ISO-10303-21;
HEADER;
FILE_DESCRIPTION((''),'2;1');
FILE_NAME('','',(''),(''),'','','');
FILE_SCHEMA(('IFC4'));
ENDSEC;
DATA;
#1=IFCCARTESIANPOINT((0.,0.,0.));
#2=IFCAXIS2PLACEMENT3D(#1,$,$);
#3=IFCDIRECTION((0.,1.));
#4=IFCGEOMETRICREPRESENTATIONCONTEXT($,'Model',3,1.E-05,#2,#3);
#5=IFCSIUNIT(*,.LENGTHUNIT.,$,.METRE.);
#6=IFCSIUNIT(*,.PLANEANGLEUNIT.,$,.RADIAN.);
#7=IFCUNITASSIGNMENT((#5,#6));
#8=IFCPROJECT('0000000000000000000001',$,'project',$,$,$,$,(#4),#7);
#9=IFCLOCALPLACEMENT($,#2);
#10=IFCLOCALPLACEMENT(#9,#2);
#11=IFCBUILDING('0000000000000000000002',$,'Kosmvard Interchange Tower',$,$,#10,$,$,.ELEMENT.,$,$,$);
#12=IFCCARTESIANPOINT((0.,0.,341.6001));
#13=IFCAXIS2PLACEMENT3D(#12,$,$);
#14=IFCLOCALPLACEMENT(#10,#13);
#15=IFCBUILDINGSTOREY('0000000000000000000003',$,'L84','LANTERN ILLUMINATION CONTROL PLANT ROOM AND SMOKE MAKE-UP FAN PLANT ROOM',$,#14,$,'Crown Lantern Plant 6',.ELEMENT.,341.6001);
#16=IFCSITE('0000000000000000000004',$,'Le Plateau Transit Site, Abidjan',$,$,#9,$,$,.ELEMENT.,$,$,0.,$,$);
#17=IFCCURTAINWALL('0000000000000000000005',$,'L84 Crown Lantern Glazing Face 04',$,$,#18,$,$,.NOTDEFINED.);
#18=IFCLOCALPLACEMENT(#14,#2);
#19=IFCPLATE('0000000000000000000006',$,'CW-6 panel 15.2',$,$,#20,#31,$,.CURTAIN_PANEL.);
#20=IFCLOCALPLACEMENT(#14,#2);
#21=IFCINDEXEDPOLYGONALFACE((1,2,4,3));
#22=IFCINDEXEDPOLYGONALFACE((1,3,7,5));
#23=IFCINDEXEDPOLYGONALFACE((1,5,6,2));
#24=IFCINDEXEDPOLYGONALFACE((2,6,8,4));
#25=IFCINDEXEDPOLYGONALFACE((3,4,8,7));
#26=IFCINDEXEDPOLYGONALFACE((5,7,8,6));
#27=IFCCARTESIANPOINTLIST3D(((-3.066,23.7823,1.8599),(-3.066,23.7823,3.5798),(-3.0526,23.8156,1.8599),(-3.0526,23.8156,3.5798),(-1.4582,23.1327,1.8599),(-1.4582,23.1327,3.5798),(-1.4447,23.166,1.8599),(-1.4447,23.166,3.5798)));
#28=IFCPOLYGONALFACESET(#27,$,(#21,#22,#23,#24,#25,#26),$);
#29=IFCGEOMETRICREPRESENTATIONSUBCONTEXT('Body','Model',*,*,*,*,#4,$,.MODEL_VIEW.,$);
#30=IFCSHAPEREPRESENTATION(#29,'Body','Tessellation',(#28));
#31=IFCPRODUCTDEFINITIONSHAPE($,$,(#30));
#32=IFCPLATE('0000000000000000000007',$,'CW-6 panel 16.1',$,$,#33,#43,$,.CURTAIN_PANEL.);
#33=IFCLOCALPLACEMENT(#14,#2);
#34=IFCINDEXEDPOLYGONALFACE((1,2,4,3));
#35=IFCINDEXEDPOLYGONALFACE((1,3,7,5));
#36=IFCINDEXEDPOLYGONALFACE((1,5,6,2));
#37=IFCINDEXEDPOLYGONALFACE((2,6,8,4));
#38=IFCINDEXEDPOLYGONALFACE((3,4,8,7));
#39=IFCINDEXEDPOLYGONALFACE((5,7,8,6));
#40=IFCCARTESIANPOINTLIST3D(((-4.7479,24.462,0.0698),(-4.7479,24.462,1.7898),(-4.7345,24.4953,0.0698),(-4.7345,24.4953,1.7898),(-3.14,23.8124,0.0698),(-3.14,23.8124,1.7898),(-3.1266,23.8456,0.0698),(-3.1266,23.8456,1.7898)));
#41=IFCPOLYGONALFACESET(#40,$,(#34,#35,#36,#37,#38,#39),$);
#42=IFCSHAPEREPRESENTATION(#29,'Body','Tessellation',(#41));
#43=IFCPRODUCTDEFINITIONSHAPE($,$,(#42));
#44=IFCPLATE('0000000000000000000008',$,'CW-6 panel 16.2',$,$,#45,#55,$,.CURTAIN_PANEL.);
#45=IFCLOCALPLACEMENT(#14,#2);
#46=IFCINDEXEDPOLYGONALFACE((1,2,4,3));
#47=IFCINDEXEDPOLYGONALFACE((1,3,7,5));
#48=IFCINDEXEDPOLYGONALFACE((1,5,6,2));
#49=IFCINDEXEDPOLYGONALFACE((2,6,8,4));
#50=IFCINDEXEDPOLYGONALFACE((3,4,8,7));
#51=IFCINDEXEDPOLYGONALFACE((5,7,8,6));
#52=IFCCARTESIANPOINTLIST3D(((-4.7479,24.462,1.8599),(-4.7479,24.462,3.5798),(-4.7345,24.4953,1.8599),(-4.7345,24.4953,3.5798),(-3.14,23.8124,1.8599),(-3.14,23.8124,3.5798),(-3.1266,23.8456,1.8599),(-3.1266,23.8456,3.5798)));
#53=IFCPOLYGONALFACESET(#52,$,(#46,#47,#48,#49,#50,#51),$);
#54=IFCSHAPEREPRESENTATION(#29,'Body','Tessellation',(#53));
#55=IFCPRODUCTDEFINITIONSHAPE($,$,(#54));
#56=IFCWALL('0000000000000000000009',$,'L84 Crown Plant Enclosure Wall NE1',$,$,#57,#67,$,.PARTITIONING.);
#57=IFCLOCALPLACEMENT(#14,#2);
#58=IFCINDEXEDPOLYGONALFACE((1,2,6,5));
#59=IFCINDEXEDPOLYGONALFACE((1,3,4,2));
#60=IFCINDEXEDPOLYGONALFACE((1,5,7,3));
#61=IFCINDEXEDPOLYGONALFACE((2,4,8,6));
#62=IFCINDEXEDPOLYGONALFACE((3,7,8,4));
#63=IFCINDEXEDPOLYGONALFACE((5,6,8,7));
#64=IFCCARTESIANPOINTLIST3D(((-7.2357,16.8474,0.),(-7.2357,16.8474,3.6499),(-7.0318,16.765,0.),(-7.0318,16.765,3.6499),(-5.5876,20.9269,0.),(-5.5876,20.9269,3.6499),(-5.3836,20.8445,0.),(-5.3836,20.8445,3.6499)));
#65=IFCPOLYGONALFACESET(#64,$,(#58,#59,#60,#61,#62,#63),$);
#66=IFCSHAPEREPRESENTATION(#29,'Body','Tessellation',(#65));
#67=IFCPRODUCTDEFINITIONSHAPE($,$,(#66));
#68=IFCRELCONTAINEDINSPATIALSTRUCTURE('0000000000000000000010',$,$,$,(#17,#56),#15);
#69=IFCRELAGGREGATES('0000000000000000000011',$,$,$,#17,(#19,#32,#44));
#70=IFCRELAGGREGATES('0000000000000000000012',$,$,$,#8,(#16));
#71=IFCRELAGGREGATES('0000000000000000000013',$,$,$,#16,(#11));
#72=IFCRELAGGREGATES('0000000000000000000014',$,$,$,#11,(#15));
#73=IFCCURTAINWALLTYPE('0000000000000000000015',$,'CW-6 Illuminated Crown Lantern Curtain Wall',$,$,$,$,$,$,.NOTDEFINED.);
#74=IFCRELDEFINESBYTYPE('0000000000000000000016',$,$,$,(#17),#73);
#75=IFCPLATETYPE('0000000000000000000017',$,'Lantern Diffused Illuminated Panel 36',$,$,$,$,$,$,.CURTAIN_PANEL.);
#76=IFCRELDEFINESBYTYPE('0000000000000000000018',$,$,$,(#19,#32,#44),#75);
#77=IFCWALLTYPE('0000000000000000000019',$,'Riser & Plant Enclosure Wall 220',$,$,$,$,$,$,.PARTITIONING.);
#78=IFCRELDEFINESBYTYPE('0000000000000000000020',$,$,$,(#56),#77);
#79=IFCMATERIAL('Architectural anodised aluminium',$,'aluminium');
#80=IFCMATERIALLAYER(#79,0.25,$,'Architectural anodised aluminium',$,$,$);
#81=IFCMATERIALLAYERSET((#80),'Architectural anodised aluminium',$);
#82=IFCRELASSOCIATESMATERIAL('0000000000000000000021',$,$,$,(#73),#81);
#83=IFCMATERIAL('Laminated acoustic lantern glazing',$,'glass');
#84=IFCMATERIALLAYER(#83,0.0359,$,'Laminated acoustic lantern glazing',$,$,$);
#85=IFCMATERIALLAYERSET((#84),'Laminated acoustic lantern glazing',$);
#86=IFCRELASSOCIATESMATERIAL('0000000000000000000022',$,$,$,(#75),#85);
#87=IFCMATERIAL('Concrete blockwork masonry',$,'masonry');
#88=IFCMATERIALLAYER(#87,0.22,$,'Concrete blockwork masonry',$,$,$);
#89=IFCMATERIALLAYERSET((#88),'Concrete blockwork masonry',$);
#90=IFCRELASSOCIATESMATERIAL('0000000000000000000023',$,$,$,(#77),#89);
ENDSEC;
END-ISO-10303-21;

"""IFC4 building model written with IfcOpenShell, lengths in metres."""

from ifc_helpers import new_model, si_unit, direction, frame, frame_2d, origin, origin_2d, place, context, subcontext, project, spatial, rectangle, extrude, source, transform, mapped, material, layer, layer_set, type_object, element, aggregate, save


model = new_model("IFC4")

# Units and contexts
model_context = context("Model", 3, precision=1e-05, world=origin(), true_north=direction((0.0, 1.0)))
body_context = subcontext(model_context, "Body", "Model", "MODEL_VIEW")
ifc_project = project(units=[si_unit("LENGTHUNIT", "METRE"), si_unit("PLANEANGLEUNIT", "RADIAN")], contexts=[model_context])

# Site, building, storey
site_placement = place(None, origin())
site = spatial("IfcSite", under=ifc_project, at=site_placement, Name="Le Plateau Transit Site, Abidjan", CompositionType="ELEMENT", RefElevation=0.0)
building_placement = place(site_placement, origin())
building = spatial("IfcBuilding", under=site, at=building_placement, Name="Kosmvard Interchange Tower", CompositionType="ELEMENT")
storey_placement = place(building_placement, frame((0.0, 0.0, 341.6001)))
storey = spatial("IfcBuildingStorey", under=building, at=storey_placement, Name="L84", Description="LANTERN ILLUMINATION CONTROL PLANT ROOM AND SMOKE MAKE-UP FAN PLANT ROOM", LongName="Crown Lantern Plant 6", CompositionType="ELEMENT", Elevation=341.6001)

# Curtain wall
ifc_material_1 = material(Name="Architectural anodised aluminium", Category="aluminium")
ifc_layer_1 = layer(ifc_material_1, 0.25, Name="Architectural anodised aluminium")
ifc_layer_set_1 = layer_set([ifc_layer_1], Name="Architectural anodised aluminium")
curtain_wall_type = type_object("IfcCurtainWallType", Name="CW-6 Illuminated Crown Lantern Curtain Wall", PredefinedType="NOTDEFINED", material=ifc_layer_set_1)
curtain_wall_placement = place(storey_placement, origin())
curtain_wall = element("IfcCurtainWall", 1, at=curtain_wall_placement, inside=storey, type_object=curtain_wall_type, Name="L84 Crown Lantern Glazing Face 04", PredefinedType="NOTDEFINED")

# Plates
ifc_material_2 = material(Name="Laminated acoustic lantern glazing", Category="glass")
ifc_layer_2 = layer(ifc_material_2, 0.0359, Name="Laminated acoustic lantern glazing")
ifc_layer_set_2 = layer_set([ifc_layer_2], Name="Laminated acoustic lantern glazing")
plate_type_1 = type_object("IfcPlateType", Name="Lantern Diffused Illuminated Panel 36", PredefinedType="CURTAIN_PANEL", material=ifc_layer_set_2)
shared_shape_1 = source(origin(), body_context, "Body", "SweptSolid", [
    extrude(rectangle(XDim=1.7341, YDim=0.0359, at=origin_2d()), origin(), (0.0, 0.0, 1.0), 1.72),
])
plate_1_placement = place(storey_placement, frame((-2.2554, 23.4741, 1.8599), z_axis=(0.0, 0.0, 1.0), x_axis=(-0.927184, 0.374607, 0.0)))
plate_1 = element("IfcPlate", 2, at=plate_1_placement, type_object=plate_type_1, Name="CW-6 panel 15.2", PredefinedType="CURTAIN_PANEL", context=body_context, shape_type="MappedRepresentation", body=[
    mapped(shared_shape_1, transform((0.0, 0.0, 0.0), scale=1.0)),
])
plate_2_placement = place(storey_placement, frame((-3.9373, 24.1538, 0.0698), z_axis=(0.0, 0.0, 1.0), x_axis=(-0.927184, 0.374607, 0.0)))
plate_2 = element("IfcPlate", 3, at=plate_2_placement, type_object=plate_type_1, Name="CW-6 panel 16.1", PredefinedType="CURTAIN_PANEL", context=body_context, shape_type="MappedRepresentation", body=[
    mapped(shared_shape_1, transform((0.0, 0.0, 0.0), scale=1.0)),
])
plate_3_placement = place(storey_placement, frame((-3.9373, 24.1538, 1.8599), z_axis=(0.0, 0.0, 1.0), x_axis=(-0.927184, 0.374607, 0.0)))
plate_3 = element("IfcPlate", 4, at=plate_3_placement, type_object=plate_type_1, Name="CW-6 panel 16.2", PredefinedType="CURTAIN_PANEL", context=body_context, shape_type="MappedRepresentation", body=[
    mapped(shared_shape_1, transform((0.0, 0.0, 0.0), scale=1.0)),
])
aggregate(curtain_wall, [plate_1, plate_2, plate_3])

# Wall
ifc_material_3 = material(Name="Concrete blockwork masonry", Category="masonry")
ifc_layer_3 = layer(ifc_material_3, 0.22, Name="Concrete blockwork masonry")
ifc_layer_set_3 = layer_set([ifc_layer_3], Name="Concrete blockwork masonry")
wall_type = type_object("IfcWallType", Name="Riser & Plant Enclosure Wall 220", PredefinedType="PARTITIONING", material=ifc_layer_set_3)
wall_placement = place(storey_placement, frame((-5.4856, 20.8857, 0.0), z_axis=(0.0, 0.0, 1.0), x_axis=(-0.374593, -0.927189, 0.0)))
element("IfcWall", 5, at=wall_placement, inside=storey, type_object=wall_type, Name="L84 Crown Plant Enclosure Wall NE1", PredefinedType="PARTITIONING", context=body_context, shape_type="SweptSolid", body=[
    extrude(rectangle(XDim=4.3999, YDim=0.22, at=frame_2d((2.2, 0.0))), origin(), (0.0, 0.0, 1.0), 3.6499),
])

save(model, "model.ifc")
